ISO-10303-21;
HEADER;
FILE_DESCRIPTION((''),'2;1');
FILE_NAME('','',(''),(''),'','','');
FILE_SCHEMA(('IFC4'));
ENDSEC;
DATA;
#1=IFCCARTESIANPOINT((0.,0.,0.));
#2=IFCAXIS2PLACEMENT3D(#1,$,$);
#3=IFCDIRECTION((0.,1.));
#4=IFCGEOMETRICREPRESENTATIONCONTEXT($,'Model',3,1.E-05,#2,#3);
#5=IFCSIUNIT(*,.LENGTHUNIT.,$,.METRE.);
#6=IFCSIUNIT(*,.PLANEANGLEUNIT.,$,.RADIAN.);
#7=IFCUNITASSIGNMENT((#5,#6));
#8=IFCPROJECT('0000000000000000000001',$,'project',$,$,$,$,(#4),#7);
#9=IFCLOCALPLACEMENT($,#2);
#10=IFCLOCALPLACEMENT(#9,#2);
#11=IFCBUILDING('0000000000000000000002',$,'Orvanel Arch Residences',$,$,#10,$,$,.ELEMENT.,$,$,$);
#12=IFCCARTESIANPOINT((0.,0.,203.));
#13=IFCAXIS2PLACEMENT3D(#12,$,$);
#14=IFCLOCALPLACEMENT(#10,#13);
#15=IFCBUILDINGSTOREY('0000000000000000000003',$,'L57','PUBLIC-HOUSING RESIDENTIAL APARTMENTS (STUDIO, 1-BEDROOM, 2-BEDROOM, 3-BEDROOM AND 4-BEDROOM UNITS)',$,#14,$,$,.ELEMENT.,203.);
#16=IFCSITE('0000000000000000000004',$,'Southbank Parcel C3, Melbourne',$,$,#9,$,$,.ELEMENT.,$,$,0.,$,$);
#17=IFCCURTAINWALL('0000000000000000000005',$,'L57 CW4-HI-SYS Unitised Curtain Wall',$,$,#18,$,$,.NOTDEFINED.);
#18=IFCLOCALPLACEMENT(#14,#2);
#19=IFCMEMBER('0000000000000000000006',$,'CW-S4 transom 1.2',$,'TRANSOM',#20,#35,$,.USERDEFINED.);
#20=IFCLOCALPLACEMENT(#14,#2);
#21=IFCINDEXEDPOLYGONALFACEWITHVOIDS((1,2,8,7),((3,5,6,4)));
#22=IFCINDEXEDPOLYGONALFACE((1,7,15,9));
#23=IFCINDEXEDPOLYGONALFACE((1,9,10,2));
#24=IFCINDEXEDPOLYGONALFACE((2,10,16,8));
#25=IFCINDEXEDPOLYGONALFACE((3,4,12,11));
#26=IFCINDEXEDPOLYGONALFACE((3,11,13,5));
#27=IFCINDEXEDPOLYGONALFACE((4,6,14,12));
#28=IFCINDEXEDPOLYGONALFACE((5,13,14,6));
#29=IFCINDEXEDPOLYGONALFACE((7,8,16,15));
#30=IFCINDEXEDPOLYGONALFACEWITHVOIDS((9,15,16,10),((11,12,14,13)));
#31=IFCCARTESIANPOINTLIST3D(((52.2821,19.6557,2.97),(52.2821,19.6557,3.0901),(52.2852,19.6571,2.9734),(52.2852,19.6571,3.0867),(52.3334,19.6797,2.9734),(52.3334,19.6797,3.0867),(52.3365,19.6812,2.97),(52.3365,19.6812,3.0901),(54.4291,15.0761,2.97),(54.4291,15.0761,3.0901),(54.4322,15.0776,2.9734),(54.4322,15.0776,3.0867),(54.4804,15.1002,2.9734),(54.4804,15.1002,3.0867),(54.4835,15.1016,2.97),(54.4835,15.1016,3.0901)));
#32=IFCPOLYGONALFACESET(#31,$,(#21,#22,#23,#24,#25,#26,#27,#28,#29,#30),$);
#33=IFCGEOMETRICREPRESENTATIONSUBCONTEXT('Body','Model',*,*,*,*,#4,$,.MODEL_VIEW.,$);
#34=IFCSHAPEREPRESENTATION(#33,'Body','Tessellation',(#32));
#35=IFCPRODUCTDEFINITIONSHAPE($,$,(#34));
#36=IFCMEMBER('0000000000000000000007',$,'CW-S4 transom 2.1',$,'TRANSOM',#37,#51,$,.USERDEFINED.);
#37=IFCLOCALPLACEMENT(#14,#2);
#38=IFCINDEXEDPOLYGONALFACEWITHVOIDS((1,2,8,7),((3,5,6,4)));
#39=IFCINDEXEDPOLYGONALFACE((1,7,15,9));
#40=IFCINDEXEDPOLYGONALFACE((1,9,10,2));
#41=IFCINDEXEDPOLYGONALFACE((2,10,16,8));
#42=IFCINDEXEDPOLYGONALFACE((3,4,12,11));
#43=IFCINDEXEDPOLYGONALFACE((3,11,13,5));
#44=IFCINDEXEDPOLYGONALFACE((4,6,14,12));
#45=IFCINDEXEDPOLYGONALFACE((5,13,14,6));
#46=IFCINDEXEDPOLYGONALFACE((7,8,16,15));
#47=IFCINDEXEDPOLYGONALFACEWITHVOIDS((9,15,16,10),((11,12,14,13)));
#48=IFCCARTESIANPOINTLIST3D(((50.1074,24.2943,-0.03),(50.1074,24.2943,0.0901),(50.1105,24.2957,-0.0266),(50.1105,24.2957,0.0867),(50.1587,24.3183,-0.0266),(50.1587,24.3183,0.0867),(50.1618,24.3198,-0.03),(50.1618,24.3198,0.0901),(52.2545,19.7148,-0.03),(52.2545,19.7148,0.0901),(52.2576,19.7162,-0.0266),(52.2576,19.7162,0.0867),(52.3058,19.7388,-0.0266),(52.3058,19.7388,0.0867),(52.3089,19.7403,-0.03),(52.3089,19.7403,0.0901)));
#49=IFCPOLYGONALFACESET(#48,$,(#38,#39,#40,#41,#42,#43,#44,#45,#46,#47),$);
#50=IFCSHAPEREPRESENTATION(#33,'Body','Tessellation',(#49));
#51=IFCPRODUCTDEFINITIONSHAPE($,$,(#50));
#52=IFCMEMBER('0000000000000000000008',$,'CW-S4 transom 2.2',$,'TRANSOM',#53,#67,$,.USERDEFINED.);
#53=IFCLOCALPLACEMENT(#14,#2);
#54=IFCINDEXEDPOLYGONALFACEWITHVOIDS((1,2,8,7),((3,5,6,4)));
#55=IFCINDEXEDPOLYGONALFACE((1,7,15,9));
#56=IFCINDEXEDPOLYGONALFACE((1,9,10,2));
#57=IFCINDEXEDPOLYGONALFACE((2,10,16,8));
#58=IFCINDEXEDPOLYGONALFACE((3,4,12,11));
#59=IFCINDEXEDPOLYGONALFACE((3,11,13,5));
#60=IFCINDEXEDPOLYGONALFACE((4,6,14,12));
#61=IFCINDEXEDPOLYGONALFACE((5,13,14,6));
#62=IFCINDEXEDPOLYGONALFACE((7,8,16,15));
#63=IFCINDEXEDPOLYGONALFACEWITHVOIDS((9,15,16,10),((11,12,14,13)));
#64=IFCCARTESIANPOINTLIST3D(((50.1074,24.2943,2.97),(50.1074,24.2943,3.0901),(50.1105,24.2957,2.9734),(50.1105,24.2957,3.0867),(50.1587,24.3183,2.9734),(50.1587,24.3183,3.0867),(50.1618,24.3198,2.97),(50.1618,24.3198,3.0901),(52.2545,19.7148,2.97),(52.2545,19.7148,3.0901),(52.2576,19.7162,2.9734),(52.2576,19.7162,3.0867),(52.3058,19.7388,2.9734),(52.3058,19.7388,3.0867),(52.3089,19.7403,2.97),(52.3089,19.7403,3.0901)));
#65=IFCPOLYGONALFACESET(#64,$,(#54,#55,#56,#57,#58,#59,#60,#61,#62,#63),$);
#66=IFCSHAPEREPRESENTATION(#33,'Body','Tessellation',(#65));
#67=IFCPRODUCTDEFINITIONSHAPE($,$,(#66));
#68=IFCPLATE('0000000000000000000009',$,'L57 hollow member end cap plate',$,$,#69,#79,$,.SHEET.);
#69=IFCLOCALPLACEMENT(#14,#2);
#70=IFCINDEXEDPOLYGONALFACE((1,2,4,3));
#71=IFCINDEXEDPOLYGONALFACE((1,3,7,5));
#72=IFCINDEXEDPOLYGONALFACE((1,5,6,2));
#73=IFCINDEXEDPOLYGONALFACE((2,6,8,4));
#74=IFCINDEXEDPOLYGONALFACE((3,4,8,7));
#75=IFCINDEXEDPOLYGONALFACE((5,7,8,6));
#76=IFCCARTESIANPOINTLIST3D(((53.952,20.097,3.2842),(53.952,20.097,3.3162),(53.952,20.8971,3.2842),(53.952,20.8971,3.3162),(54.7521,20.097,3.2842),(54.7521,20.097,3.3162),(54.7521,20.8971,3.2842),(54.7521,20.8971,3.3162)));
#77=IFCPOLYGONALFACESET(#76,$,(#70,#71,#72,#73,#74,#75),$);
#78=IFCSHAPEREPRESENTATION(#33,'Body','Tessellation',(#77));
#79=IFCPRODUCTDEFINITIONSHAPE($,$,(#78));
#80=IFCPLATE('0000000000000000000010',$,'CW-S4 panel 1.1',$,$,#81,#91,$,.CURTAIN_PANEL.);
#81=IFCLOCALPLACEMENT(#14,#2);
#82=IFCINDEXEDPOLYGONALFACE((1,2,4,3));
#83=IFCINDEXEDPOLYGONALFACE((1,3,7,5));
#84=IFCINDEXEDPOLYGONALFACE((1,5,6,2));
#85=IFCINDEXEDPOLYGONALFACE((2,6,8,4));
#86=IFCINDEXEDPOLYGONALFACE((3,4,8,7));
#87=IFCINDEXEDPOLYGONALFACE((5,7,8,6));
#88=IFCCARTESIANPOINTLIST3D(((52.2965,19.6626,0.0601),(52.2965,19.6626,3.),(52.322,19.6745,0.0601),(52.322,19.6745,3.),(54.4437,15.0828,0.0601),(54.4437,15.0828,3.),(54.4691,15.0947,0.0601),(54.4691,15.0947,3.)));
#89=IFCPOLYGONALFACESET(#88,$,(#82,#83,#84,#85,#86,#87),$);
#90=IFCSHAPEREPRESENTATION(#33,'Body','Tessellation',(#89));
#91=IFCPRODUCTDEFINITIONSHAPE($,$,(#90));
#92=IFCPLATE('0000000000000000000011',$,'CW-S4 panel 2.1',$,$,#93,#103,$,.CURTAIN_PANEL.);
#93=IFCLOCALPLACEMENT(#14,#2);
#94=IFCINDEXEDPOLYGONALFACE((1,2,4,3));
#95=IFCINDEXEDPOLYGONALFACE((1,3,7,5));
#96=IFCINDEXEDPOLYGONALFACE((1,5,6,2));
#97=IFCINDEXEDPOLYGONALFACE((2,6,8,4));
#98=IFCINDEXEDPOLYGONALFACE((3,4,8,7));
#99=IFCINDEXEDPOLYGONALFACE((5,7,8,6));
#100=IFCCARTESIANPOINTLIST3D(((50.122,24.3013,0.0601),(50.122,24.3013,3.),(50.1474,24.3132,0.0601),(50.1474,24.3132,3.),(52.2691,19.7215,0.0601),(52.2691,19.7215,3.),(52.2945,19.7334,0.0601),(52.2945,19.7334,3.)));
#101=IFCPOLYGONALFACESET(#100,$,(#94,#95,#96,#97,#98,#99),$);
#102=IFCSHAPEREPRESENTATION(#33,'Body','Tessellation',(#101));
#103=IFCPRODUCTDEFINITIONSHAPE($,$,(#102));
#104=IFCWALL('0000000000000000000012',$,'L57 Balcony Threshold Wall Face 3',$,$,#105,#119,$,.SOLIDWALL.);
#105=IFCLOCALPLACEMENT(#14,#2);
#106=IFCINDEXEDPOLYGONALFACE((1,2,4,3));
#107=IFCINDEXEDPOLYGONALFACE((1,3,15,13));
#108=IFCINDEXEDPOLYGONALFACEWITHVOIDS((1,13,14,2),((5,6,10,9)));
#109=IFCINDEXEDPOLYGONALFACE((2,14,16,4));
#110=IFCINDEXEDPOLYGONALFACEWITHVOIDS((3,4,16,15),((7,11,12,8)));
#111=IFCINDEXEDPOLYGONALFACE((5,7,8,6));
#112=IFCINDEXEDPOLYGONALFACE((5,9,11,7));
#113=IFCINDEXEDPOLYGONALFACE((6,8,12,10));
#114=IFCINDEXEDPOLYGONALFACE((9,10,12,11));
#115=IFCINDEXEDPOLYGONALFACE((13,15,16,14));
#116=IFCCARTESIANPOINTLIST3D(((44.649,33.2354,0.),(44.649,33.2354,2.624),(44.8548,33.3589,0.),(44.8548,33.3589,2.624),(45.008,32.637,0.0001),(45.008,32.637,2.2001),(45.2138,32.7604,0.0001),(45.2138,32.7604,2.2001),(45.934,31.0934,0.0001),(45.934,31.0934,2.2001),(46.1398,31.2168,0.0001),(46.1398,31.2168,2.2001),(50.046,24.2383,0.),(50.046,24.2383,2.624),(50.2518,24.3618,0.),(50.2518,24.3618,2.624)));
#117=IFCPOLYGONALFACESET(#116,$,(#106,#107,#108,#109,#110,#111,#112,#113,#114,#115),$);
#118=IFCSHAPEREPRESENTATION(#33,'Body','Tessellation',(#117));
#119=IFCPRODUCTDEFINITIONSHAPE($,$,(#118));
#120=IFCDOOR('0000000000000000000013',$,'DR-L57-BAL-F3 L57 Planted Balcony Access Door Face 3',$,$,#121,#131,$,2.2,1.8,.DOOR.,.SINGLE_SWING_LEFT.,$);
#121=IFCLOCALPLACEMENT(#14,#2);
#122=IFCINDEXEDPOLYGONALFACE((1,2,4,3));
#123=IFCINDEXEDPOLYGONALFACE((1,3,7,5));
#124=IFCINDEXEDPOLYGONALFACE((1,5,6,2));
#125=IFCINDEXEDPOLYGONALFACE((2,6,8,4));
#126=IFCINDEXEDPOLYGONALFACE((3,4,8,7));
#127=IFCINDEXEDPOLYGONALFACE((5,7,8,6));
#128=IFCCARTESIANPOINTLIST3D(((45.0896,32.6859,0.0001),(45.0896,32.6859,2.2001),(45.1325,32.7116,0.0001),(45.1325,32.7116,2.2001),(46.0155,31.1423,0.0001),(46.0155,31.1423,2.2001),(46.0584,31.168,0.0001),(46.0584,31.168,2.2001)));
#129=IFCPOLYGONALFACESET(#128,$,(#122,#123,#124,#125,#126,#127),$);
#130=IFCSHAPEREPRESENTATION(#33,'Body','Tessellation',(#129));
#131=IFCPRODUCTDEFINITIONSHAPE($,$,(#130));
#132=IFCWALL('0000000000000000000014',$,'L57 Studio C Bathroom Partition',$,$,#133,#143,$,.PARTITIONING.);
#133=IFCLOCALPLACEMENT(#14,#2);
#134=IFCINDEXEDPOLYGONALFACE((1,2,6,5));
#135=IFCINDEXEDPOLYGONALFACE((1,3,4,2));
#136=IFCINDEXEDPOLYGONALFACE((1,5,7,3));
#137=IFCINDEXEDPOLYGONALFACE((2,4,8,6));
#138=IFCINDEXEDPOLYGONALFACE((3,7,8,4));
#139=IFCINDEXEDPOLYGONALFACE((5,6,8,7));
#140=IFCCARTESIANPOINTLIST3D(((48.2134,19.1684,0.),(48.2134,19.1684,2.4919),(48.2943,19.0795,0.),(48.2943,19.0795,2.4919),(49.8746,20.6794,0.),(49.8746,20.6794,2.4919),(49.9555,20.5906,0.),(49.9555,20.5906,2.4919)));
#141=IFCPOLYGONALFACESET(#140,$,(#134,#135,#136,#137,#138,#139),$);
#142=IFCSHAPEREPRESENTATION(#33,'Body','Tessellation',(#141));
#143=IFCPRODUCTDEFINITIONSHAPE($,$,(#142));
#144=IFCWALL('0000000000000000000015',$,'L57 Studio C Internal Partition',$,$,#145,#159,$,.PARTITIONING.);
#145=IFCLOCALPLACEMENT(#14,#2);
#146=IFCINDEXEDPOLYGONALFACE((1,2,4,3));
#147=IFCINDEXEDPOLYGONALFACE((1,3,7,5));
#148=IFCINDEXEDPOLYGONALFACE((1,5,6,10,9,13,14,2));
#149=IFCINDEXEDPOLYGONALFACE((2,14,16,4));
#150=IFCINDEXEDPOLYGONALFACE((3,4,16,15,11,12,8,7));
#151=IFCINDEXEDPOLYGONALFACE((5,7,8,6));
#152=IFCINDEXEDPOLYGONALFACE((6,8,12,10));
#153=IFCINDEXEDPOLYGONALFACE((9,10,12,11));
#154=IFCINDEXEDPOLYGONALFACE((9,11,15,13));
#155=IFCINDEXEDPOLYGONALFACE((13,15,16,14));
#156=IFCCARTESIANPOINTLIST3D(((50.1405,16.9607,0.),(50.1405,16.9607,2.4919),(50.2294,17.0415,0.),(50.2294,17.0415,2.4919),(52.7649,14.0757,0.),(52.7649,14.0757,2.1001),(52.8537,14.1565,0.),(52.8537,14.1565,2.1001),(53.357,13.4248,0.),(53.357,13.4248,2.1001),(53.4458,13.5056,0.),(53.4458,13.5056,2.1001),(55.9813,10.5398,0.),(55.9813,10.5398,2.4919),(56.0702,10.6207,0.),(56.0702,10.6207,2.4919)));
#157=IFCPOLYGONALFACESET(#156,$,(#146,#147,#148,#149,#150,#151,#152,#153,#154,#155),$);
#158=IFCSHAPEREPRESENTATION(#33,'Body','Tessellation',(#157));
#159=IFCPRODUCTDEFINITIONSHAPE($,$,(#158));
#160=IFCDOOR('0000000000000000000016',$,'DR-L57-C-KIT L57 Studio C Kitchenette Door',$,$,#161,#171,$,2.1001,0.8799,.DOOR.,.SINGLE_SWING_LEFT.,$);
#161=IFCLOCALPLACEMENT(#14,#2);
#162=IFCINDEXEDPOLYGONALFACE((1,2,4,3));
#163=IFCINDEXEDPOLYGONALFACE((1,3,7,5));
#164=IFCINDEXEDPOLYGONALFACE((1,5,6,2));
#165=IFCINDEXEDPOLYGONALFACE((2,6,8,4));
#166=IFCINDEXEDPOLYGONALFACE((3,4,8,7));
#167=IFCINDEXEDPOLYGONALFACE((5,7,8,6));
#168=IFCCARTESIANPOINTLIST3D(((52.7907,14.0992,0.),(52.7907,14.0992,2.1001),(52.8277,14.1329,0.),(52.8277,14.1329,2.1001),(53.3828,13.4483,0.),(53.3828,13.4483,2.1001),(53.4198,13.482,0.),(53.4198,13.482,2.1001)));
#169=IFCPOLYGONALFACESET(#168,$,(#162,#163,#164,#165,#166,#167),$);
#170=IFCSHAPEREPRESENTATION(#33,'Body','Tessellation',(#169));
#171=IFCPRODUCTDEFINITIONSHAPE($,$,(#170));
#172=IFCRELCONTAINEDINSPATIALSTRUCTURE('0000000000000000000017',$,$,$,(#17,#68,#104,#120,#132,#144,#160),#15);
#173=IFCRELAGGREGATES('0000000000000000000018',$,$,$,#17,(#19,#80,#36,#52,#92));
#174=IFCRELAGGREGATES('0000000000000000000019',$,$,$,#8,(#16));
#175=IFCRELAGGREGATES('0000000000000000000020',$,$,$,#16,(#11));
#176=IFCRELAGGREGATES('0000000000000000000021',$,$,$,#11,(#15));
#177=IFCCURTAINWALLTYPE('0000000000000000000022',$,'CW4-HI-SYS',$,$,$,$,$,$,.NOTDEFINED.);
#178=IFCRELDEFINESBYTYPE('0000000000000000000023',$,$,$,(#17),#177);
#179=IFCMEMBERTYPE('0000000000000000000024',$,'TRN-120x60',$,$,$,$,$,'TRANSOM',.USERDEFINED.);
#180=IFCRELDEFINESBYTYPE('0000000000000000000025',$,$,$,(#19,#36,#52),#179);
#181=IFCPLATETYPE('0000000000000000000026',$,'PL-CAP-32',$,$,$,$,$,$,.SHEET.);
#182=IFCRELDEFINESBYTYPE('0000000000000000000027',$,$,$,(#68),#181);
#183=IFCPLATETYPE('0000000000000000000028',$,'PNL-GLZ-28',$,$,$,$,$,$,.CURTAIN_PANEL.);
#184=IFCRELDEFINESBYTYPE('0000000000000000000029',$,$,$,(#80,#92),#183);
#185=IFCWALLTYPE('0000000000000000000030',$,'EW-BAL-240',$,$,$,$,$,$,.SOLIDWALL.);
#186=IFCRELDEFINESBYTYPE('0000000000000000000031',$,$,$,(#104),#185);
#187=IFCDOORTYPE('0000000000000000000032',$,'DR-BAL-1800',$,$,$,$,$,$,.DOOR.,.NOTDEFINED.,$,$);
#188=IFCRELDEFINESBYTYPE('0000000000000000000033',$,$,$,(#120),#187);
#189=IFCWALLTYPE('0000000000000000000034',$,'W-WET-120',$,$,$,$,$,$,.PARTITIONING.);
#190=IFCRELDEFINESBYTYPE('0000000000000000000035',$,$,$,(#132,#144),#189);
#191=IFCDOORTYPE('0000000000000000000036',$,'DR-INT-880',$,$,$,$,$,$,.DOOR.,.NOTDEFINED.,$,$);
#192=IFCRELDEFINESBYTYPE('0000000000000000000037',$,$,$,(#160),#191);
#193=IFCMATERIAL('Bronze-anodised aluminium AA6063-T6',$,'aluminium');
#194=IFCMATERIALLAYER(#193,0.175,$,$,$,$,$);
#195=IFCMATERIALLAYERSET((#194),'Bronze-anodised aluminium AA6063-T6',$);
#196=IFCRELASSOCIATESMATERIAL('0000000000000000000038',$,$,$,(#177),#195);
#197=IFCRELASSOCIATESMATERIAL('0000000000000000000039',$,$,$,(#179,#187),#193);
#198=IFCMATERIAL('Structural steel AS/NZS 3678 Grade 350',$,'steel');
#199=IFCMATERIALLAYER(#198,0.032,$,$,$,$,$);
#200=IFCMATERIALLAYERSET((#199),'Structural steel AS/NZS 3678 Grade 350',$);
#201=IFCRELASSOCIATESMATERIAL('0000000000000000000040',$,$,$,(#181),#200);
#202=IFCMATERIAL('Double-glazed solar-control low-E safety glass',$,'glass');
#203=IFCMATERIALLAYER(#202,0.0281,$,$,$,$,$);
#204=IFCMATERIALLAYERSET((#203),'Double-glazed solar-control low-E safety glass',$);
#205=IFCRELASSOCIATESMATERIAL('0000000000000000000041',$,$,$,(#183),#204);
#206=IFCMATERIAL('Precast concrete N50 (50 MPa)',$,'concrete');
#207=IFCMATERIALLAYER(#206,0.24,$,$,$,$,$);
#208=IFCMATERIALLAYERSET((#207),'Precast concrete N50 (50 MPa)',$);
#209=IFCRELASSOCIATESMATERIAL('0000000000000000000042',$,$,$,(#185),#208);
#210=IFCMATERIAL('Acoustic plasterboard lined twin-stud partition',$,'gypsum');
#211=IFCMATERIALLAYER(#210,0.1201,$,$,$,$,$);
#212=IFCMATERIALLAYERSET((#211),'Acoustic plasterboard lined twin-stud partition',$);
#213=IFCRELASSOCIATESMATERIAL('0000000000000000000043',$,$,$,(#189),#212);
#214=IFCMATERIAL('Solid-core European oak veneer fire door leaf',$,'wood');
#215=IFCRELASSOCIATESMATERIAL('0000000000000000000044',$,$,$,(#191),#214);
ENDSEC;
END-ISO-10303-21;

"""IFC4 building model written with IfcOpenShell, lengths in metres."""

from ifc_helpers import new_model, si_unit, direction, frame, frame_2d, origin, origin_2d, place, context, subcontext, project, spatial, rectangle, hollow_rectangle, extrude, material, layer, layer_set, material_profile, profile_set, type_object, element, fill, aggregate, save


model = new_model("IFC4")

# Units and contexts
model_context = context("Model", 3, precision=1e-05, world=origin(), true_north=direction((0.0, 1.0)))
body_context = subcontext(model_context, "Body", "Model", "MODEL_VIEW")
ifc_project = project(units=[si_unit("LENGTHUNIT", "METRE"), si_unit("PLANEANGLEUNIT", "RADIAN")], contexts=[model_context])

# Site, building, storey
site_placement = place(None, origin())
site = spatial("IfcSite", under=ifc_project, at=site_placement, Name="Southbank Parcel C3, Melbourne", CompositionType="ELEMENT", RefElevation=0.0)
building_placement = place(site_placement, origin())
building = spatial("IfcBuilding", under=site, at=building_placement, Name="Orvanel Arch Residences", CompositionType="ELEMENT")
storey_placement = place(building_placement, frame((0.0, 0.0, 203.0)))
storey = spatial("IfcBuildingStorey", under=building, at=storey_placement, Name="L57", Description="PUBLIC-HOUSING RESIDENTIAL APARTMENTS (STUDIO, 1-BEDROOM, 2-BEDROOM, 3-BEDROOM AND 4-BEDROOM UNITS)", CompositionType="ELEMENT", Elevation=203.0)

# Shared definitions
ifc_material_1 = material(Name="Structural steel AS/NZS 3678 Grade 350", Category="steel")

# Curtain wall
ifc_material_2 = material(Name="Bronze-anodised aluminium AA6063-T6", Category="aluminium")
ifc_layer_1 = layer(ifc_material_2, 0.175)
ifc_layer_set_1 = layer_set([ifc_layer_1], Name="Bronze-anodised aluminium AA6063-T6")
curtain_wall_type = type_object("IfcCurtainWallType", Name="CW4-HI-SYS", PredefinedType="NOTDEFINED", material=ifc_layer_set_1)
curtain_wall_placement = place(storey_placement, origin())
curtain_wall = element("IfcCurtainWall", 1, at=curtain_wall_placement, inside=storey, type_object=curtain_wall_type, Name="L57 CW4-HI-SYS Unitised Curtain Wall", PredefinedType="NOTDEFINED")

# Members
ifc_material_profile_1 = material_profile(ifc_material_2, hollow_rectangle(XDim=0.0601, YDim=0.1201, WallThickness=0.0034, at=origin_2d()), Name="ALU120x60x3.5")
ifc_profile_set_1 = profile_set([ifc_material_profile_1], Name="Bronze-anodised aluminium AA6063-T6")
member_type_1 = type_object("IfcMemberType", Name="TRN-120x60", ElementType="TRANSOM", PredefinedType="USERDEFINED", material=ifc_profile_set_1)
member_1_placement = place(storey_placement, frame((54.4563, 15.0889, 3.03), z_axis=(-0.424481, 0.905437, 0.0), x_axis=(-0.905437, -0.424481, 0.0)))
member_1 = element("IfcMember", 2, at=member_1_placement, type_object=member_type_1, Name="CW-S4 transom 1.2", ObjectType="TRANSOM", PredefinedType="USERDEFINED", context=body_context, shape_type="SweptSolid", body=[
    extrude(hollow_rectangle(XDim=0.0601, YDim=0.1201, WallThickness=0.0034, at=origin_2d()), origin(), (0.0, 0.0, 1.0), 5.0579),
])
member_2_placement = place(storey_placement, frame((52.2817, 19.7275, 0.03), z_axis=(-0.42452, 0.905418, 0.0), x_axis=(-0.905418, -0.42452, 0.0)))
member_2 = element("IfcMember", 3, at=member_2_placement, type_object=member_type_1, Name="CW-S4 transom 2.1", ObjectType="TRANSOM", PredefinedType="USERDEFINED", context=body_context, shape_type="SweptSolid", body=[
    extrude(hollow_rectangle(XDim=0.0601, YDim=0.1201, WallThickness=0.0034, at=origin_2d()), origin(), (0.0, 0.0, 1.0), 5.0579),
])
member_3_placement = place(storey_placement, frame((52.2817, 19.7275, 3.03), z_axis=(-0.42452, 0.905418, 0.0), x_axis=(-0.905418, -0.42452, 0.0)))
member_3 = element("IfcMember", 4, at=member_3_placement, type_object=member_type_1, Name="CW-S4 transom 2.2", ObjectType="TRANSOM", PredefinedType="USERDEFINED", context=body_context, shape_type="SweptSolid", body=[
    extrude(hollow_rectangle(XDim=0.0601, YDim=0.1201, WallThickness=0.0034, at=origin_2d()), origin(), (0.0, 0.0, 1.0), 5.0579),
])

# Plates
ifc_layer_2 = layer(ifc_material_1, 0.032)
ifc_layer_set_2 = layer_set([ifc_layer_2], Name="Structural steel AS/NZS 3678 Grade 350")
plate_type_1 = type_object("IfcPlateType", Name="PL-CAP-32", PredefinedType="SHEET", material=ifc_layer_set_2)
plate_1_placement = place(storey_placement, frame((54.3521, 20.4971, 3.2842), z_axis=(0.0, 0.0, 1.0), x_axis=(1.0, 0.0, 0.0)))
element("IfcPlate", 5, at=plate_1_placement, inside=storey, type_object=plate_type_1, Name="L57 hollow member end cap plate", PredefinedType="SHEET", context=body_context, shape_type="SweptSolid", body=[
    extrude(rectangle(XDim=0.8, YDim=0.8, at=origin_2d()), origin(), (0.0, 0.0, 1.0), 0.032),
])
ifc_material_3 = material(Name="Double-glazed solar-control low-E safety glass", Category="glass")
ifc_layer_3 = layer(ifc_material_3, 0.0281)
ifc_layer_set_3 = layer_set([ifc_layer_3], Name="Double-glazed solar-control low-E safety glass")
plate_type_2 = type_object("IfcPlateType", Name="PNL-GLZ-28", PredefinedType="CURTAIN_PANEL", material=ifc_layer_set_3)
plate_2_placement = place(storey_placement, frame((53.3828, 17.3787, 0.0601), z_axis=(0.0, 0.0, 1.0), x_axis=(-0.424494, 0.905431, 0.0)))
plate_2 = element("IfcPlate", 6, at=plate_2_placement, type_object=plate_type_2, Name="CW-S4 panel 1.1", PredefinedType="CURTAIN_PANEL", context=body_context, shape_type="SweptSolid", body=[
    extrude(rectangle(XDim=5.0581, YDim=0.0281, at=origin_2d()), origin(), (0.0, 0.0, 1.0), 2.9399),
])
plate_3_placement = place(storey_placement, frame((51.2083, 22.0173, 0.0601), z_axis=(0.0, 0.0, 1.0), x_axis=(-0.424494, 0.905431, 0.0)))
plate_3 = element("IfcPlate", 7, at=plate_3_placement, type_object=plate_type_2, Name="CW-S4 panel 2.1", PredefinedType="CURTAIN_PANEL", context=body_context, shape_type="SweptSolid", body=[
    extrude(rectangle(XDim=5.0581, YDim=0.0281, at=origin_2d()), origin(), (0.0, 0.0, 1.0), 2.9399),
])
aggregate(curtain_wall, [member_1, plate_2, member_2, member_3, plate_3])

# Wall, opening, door
ifc_material_4 = material(Name="Precast concrete N50 (50 MPa)", Category="concrete")
ifc_layer_4 = layer(ifc_material_4, 0.24)
ifc_layer_set_4 = layer_set([ifc_layer_4], Name="Precast concrete N50 (50 MPa)")
wall_type_1 = type_object("IfcWallType", Name="EW-BAL-240", PredefinedType="SOLIDWALL", material=ifc_layer_set_4)
wall_1_placement = place(storey_placement, frame((50.1489, 24.3, 0.0), z_axis=(0.0, 0.0, 1.0), x_axis=(-0.514407, 0.857546, 0.0)))
wall_1 = element("IfcWall", 8, at=wall_1_placement, inside=storey, type_object=wall_type_1, Name="L57 Balcony Threshold Wall Face 3", PredefinedType="SOLIDWALL", context=body_context, shape_type="SweptSolid", body=[
    extrude(rectangle(XDim=10.4917, YDim=0.24, at=frame_2d((5.2458, 0.0))), origin(), (0.0, 0.0, 1.0), 2.624),
])
opening_1_placement = place(wall_1_placement, frame((7.9939, 0.0, 0.0)))
opening_1 = element("IfcOpeningElement", 9, at=opening_1_placement, cuts=wall_1, PredefinedType="OPENING", context=body_context, shape_type="SweptSolid", body=[
    extrude(rectangle(XDim=1.8, YDim=2.2, at=frame_2d((0.8999, 1.1001))), frame((0.0, 0.1299, 0.0), z_axis=(0.0, -1.0, 0.0), x_axis=(1.0, 0.0, 0.0)), (0.0, 0.0, 1.0), 0.26),
])
door_type_1 = type_object("IfcDoorType", Name="DR-BAL-1800", OperationType="NOTDEFINED", PredefinedType="DOOR", material=ifc_material_2)
door_1_placement = place(opening_1_placement, origin())
door_1 = element("IfcDoor", 10, at=door_1_placement, inside=storey, type_object=door_type_1, Name="DR-L57-BAL-F3 L57 Planted Balcony Access Door Face 3", OperationType="SINGLE_SWING_LEFT", OverallHeight=2.2, OverallWidth=1.8, PredefinedType="DOOR", context=body_context, shape_type="SweptSolid", body=[
    extrude(rectangle(XDim=1.8, YDim=2.2, at=frame_2d((0.8999, 1.1001))), frame((0.0, 0.0249, 0.0), z_axis=(0.0, -1.0, 0.0), x_axis=(1.0, 0.0, 0.0)), (0.0, 0.0, 1.0), 0.05),
])
fill(opening_1, door_1)

# Wall
ifc_material_5 = material(Name="Acoustic plasterboard lined twin-stud partition", Category="gypsum")
ifc_layer_5 = layer(ifc_material_5, 0.1201)
ifc_layer_set_5 = layer_set([ifc_layer_5], Name="Acoustic plasterboard lined twin-stud partition")
wall_type_2 = type_object("IfcWallType", Name="W-WET-120", PredefinedType="PARTITIONING", material=ifc_layer_set_5)
wall_2_placement = place(storey_placement, frame((49.915, 20.635, 0.0), z_axis=(0.0, 0.0, 1.0), x_axis=(-0.739748, -0.672884, 0.0)))
element("IfcWall", 11, at=wall_2_placement, inside=storey, type_object=wall_type_2, Name="L57 Studio C Bathroom Partition", PredefinedType="PARTITIONING", context=body_context, shape_type="SweptSolid", body=[
    extrude(rectangle(XDim=2.2456, YDim=0.1201, at=frame_2d((1.1228, 0.0))), origin(), (0.0, 0.0, 1.0), 2.4919),
])

# Wall, opening, door
wall_3_placement = place(storey_placement, frame((50.1851, 17.001, 0.0), z_axis=(0.0, 0.0, 1.0), x_axis=(0.672902, -0.739731, 0.0)))
wall_3 = element("IfcWall", 12, at=wall_3_placement, inside=storey, type_object=wall_type_2, Name="L57 Studio C Internal Partition", PredefinedType="PARTITIONING", context=body_context, shape_type="SweptSolid", body=[
    extrude(rectangle(XDim=8.6799, YDim=0.1201, at=frame_2d((4.3398, 0.0))), origin(), (0.0, 0.0, 1.0), 2.4919),
])
opening_2_placement = place(wall_3_placement, frame((3.8999, 0.0, 0.0)))
opening_2 = element("IfcOpeningElement", 13, at=opening_2_placement, cuts=wall_3, PredefinedType="OPENING", context=body_context, shape_type="SweptSolid", body=[
    extrude(rectangle(XDim=0.8799, YDim=2.1001, at=frame_2d((0.4399, 1.05))), frame((0.0, 0.0701, 0.0), z_axis=(0.0, -1.0, 0.0), x_axis=(1.0, 0.0, 0.0)), (0.0, 0.0, 1.0), 0.1401),
])
ifc_material_6 = material(Name="Solid-core European oak veneer fire door leaf", Category="wood")
door_type_2 = type_object("IfcDoorType", Name="DR-INT-880", OperationType="NOTDEFINED", PredefinedType="DOOR", material=ifc_material_6)
door_2_placement = place(opening_2_placement, origin())
door_2 = element("IfcDoor", 14, at=door_2_placement, inside=storey, type_object=door_type_2, Name="DR-L57-C-KIT L57 Studio C Kitchenette Door", OperationType="SINGLE_SWING_LEFT", OverallHeight=2.1001, OverallWidth=0.8799, PredefinedType="DOOR", context=body_context, shape_type="SweptSolid", body=[
    extrude(rectangle(XDim=0.8799, YDim=2.1001, at=frame_2d((0.4399, 1.05))), frame((0.0, 0.0249, 0.0), z_axis=(0.0, -1.0, 0.0), x_axis=(1.0, 0.0, 0.0)), (0.0, 0.0, 1.0), 0.05),
])
fill(opening_2, door_2)

save(model, "model.ifc")
